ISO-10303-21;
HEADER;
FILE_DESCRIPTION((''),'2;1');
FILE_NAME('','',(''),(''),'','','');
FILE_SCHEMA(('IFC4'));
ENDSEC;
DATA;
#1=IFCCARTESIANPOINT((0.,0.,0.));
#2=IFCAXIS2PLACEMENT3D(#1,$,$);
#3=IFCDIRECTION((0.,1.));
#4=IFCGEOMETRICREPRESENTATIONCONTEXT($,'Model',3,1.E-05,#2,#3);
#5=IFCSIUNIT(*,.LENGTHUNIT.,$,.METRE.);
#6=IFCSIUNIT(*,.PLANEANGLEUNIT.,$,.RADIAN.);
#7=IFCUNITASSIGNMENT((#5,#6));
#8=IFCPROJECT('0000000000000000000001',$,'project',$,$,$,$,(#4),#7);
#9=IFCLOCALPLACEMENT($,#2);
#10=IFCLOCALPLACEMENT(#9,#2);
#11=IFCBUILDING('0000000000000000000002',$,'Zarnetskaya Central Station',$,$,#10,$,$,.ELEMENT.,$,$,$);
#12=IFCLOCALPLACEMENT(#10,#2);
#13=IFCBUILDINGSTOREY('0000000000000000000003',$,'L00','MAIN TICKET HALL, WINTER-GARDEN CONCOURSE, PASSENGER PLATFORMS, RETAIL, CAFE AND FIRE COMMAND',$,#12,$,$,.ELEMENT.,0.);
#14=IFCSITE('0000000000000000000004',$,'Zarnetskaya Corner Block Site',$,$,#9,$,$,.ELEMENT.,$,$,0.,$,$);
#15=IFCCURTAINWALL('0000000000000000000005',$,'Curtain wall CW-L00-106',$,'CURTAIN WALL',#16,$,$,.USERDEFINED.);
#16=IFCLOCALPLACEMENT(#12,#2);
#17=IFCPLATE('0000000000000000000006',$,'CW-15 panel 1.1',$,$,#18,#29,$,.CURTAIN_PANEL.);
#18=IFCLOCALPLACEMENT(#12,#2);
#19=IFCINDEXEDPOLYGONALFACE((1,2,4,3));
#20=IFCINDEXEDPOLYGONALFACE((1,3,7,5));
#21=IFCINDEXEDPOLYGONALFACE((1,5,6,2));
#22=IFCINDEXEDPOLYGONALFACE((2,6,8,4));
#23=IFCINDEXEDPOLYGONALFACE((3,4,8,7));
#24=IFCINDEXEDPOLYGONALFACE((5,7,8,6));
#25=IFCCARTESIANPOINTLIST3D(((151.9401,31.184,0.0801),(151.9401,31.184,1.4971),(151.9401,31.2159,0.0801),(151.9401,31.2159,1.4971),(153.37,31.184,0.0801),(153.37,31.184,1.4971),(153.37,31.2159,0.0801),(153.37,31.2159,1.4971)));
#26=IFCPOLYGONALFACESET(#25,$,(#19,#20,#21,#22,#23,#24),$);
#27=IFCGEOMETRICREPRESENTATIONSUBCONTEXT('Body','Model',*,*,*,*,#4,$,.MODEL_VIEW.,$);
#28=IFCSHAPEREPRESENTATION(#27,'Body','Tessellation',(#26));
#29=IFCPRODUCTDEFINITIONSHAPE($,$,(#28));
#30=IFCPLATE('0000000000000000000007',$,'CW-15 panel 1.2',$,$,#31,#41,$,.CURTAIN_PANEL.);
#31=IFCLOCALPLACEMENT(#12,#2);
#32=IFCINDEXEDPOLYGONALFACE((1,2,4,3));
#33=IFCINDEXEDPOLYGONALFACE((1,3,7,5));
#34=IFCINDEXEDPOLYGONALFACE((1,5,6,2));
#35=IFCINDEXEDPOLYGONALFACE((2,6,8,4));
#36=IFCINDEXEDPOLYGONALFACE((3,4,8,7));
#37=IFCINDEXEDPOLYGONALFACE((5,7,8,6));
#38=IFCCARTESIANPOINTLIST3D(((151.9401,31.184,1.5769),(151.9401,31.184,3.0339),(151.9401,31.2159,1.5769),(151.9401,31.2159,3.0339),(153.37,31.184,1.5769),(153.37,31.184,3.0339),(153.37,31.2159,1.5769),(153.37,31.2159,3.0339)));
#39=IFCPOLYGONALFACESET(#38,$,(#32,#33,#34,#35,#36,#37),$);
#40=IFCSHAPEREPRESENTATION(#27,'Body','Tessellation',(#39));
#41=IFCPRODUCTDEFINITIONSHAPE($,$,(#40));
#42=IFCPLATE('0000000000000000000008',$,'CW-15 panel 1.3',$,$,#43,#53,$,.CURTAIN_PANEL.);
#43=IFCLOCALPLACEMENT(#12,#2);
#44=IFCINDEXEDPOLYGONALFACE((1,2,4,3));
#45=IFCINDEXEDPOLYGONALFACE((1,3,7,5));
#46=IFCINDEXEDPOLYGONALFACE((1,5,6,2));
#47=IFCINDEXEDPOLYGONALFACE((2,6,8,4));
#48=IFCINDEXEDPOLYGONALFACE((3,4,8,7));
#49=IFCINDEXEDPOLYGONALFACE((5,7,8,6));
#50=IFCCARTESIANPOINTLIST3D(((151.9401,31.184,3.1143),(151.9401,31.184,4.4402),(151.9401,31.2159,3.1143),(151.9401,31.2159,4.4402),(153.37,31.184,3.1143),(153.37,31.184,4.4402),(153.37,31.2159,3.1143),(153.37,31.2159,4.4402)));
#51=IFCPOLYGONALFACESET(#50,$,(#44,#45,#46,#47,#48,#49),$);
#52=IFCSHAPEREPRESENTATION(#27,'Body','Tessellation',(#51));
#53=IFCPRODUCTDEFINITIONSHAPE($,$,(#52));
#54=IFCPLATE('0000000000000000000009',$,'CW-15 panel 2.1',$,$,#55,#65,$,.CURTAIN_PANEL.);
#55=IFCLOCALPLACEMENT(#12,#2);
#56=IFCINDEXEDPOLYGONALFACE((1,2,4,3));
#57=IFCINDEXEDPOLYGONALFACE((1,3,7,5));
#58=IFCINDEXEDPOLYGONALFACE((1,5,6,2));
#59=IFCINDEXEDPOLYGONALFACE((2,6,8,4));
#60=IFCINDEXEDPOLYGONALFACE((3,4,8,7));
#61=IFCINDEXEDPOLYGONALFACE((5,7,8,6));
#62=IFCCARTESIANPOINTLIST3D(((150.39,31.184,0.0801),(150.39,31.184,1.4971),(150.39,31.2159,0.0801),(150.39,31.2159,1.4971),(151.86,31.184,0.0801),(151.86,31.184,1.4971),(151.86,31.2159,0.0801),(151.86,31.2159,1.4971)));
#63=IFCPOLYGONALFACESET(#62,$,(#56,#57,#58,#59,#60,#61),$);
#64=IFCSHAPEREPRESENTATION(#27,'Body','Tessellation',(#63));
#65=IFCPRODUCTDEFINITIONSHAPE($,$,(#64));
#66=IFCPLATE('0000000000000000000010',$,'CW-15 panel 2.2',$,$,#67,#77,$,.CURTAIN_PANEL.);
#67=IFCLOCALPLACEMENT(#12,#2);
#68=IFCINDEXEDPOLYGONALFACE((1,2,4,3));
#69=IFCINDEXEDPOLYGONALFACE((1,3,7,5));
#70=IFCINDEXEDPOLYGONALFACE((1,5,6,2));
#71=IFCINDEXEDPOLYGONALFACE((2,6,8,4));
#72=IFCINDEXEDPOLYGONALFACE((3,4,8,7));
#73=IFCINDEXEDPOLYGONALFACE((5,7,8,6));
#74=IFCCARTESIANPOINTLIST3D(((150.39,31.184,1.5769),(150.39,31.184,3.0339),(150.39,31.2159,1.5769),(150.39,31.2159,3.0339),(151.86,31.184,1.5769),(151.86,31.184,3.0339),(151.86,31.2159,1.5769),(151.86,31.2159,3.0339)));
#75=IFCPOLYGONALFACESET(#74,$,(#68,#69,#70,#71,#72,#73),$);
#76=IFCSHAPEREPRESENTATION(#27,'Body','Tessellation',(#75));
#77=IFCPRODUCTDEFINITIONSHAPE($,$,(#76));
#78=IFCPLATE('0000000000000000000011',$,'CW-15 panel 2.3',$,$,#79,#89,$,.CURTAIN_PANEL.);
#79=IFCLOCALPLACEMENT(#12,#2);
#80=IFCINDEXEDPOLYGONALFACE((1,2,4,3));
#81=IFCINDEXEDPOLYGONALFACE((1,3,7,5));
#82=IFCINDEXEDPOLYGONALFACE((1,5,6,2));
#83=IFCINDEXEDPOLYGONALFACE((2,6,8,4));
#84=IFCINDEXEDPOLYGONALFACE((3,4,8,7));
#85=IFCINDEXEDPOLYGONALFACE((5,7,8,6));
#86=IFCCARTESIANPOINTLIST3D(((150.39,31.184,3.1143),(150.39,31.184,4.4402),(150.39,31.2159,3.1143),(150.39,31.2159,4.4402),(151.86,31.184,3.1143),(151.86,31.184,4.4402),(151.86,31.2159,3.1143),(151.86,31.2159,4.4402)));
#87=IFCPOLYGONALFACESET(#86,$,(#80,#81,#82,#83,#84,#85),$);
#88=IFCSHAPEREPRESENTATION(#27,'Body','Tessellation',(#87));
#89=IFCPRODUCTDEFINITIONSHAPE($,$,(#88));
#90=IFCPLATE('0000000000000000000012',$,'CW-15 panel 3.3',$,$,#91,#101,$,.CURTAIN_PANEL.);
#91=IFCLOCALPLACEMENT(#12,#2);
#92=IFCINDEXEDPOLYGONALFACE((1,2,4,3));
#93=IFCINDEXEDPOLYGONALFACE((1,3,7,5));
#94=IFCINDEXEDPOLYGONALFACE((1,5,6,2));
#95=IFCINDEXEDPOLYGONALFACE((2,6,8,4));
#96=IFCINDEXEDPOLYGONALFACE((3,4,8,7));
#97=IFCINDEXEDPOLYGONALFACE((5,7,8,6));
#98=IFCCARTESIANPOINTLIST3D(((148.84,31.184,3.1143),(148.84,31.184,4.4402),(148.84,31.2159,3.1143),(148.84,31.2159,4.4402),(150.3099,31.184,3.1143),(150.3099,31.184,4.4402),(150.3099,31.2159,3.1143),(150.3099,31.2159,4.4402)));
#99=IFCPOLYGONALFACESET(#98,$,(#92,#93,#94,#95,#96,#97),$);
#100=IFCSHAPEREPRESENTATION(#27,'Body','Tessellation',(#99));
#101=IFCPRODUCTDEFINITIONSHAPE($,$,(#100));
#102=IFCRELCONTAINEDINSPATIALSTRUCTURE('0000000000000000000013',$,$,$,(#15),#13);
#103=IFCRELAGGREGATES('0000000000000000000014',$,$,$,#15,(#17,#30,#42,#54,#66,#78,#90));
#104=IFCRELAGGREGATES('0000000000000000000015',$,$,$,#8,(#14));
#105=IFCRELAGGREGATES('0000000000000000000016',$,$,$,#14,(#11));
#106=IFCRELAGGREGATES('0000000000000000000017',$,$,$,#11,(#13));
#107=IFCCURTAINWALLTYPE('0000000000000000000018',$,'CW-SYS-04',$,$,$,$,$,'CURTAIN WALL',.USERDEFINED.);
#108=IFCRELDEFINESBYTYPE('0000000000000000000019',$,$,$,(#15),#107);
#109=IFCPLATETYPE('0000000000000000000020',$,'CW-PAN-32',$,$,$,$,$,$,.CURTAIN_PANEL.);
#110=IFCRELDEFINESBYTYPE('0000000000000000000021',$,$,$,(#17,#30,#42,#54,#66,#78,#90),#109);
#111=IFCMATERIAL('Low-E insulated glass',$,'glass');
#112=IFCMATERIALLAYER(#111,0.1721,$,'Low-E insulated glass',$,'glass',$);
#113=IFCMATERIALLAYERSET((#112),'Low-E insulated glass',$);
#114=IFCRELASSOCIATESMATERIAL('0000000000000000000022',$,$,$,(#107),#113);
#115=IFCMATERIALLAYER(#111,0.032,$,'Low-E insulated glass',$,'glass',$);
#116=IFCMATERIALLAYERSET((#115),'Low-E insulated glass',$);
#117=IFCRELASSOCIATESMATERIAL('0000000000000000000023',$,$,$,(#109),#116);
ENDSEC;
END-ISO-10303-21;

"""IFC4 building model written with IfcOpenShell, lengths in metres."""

from ifc_helpers import new_model, si_unit, direction, frame, origin, origin_2d, place, context, subcontext, project, spatial, rectangle, extrude, material, layer, layer_set, type_object, element, aggregate, save


model = new_model("IFC4")

# Units and contexts
model_context = context("Model", 3, precision=1e-05, world=origin(), true_north=direction((0.0, 1.0)))
body_context = subcontext(model_context, "Body", "Model", "MODEL_VIEW")
ifc_project = project(units=[si_unit("LENGTHUNIT", "METRE"), si_unit("PLANEANGLEUNIT", "RADIAN")], contexts=[model_context])

# Site, building, storey
site_placement = place(None, origin())
site = spatial("IfcSite", under=ifc_project, at=site_placement, Name="Zarnetskaya Corner Block Site", CompositionType="ELEMENT", RefElevation=0.0)
building_placement = place(site_placement, origin())
building = spatial("IfcBuilding", under=site, at=building_placement, Name="Zarnetskaya Central Station", CompositionType="ELEMENT")
storey_placement = place(building_placement, origin())
storey = spatial("IfcBuildingStorey", under=building, at=storey_placement, Name="L00", Description="MAIN TICKET HALL, WINTER-GARDEN CONCOURSE, PASSENGER PLATFORMS, RETAIL, CAFE AND FIRE COMMAND", CompositionType="ELEMENT", Elevation=0.0)

# Curtain wall, plates
ifc_material_1 = material(Name="Low-E insulated glass", Category="glass")
ifc_layer_1 = layer(ifc_material_1, 0.1721, Name="Low-E insulated glass", Category="glass")
ifc_layer_set_1 = layer_set([ifc_layer_1], Name="Low-E insulated glass")
curtain_wall_type = type_object("IfcCurtainWallType", Name="CW-SYS-04", ElementType="CURTAIN WALL", PredefinedType="USERDEFINED", material=ifc_layer_set_1)
curtain_wall_placement = place(storey_placement, origin())
curtain_wall = element("IfcCurtainWall", 1, at=curtain_wall_placement, inside=storey, type_object=curtain_wall_type, Name="Curtain wall CW-L00-106", ObjectType="CURTAIN WALL", PredefinedType="USERDEFINED")
ifc_layer_2 = layer(ifc_material_1, 0.032, Name="Low-E insulated glass", Category="glass")
ifc_layer_set_2 = layer_set([ifc_layer_2], Name="Low-E insulated glass")
plate_type = type_object("IfcPlateType", Name="CW-PAN-32", PredefinedType="CURTAIN_PANEL", material=ifc_layer_set_2)
plate_1_placement = place(storey_placement, frame((152.655, 31.2, 0.0801), z_axis=(0.0, 0.0, 1.0), x_axis=(-1.0, 0.0, 0.0)))
plate_1 = element("IfcPlate", 2, at=plate_1_placement, type_object=plate_type, Name="CW-15 panel 1.1", PredefinedType="CURTAIN_PANEL", context=body_context, shape_type="SweptSolid", body=[
    extrude(rectangle(XDim=1.4299, YDim=0.032, at=origin_2d()), origin(), (0.0, 0.0, 1.0), 1.417),
])
plate_2_placement = place(storey_placement, frame((152.655, 31.2, 1.5769), z_axis=(0.0, 0.0, 1.0), x_axis=(-1.0, 0.0, 0.0)))
plate_2 = element("IfcPlate", 3, at=plate_2_placement, type_object=plate_type, Name="CW-15 panel 1.2", PredefinedType="CURTAIN_PANEL", context=body_context, shape_type="SweptSolid", body=[
    extrude(rectangle(XDim=1.4299, YDim=0.032, at=origin_2d()), origin(), (0.0, 0.0, 1.0), 1.457),
])
plate_3_placement = place(storey_placement, frame((152.655, 31.2, 3.1143), z_axis=(0.0, 0.0, 1.0), x_axis=(-1.0, 0.0, 0.0)))
plate_3 = element("IfcPlate", 4, at=plate_3_placement, type_object=plate_type, Name="CW-15 panel 1.3", PredefinedType="CURTAIN_PANEL", context=body_context, shape_type="SweptSolid", body=[
    extrude(rectangle(XDim=1.4299, YDim=0.032, at=origin_2d()), origin(), (0.0, 0.0, 1.0), 1.3259),
])
plate_4_placement = place(storey_placement, frame((151.125, 31.2, 0.0801), z_axis=(0.0, 0.0, 1.0), x_axis=(-1.0, 0.0, 0.0)))
plate_4 = element("IfcPlate", 5, at=plate_4_placement, type_object=plate_type, Name="CW-15 panel 2.1", PredefinedType="CURTAIN_PANEL", context=body_context, shape_type="SweptSolid", body=[
    extrude(rectangle(XDim=1.47, YDim=0.032, at=origin_2d()), origin(), (0.0, 0.0, 1.0), 1.417),
])
plate_5_placement = place(storey_placement, frame((151.125, 31.2, 1.5769), z_axis=(0.0, 0.0, 1.0), x_axis=(-1.0, 0.0, 0.0)))
plate_5 = element("IfcPlate", 6, at=plate_5_placement, type_object=plate_type, Name="CW-15 panel 2.2", PredefinedType="CURTAIN_PANEL", context=body_context, shape_type="SweptSolid", body=[
    extrude(rectangle(XDim=1.47, YDim=0.032, at=origin_2d()), origin(), (0.0, 0.0, 1.0), 1.457),
])
plate_6_placement = place(storey_placement, frame((151.125, 31.2, 3.1143), z_axis=(0.0, 0.0, 1.0), x_axis=(-1.0, 0.0, 0.0)))
plate_6 = element("IfcPlate", 7, at=plate_6_placement, type_object=plate_type, Name="CW-15 panel 2.3", PredefinedType="CURTAIN_PANEL", context=body_context, shape_type="SweptSolid", body=[
    extrude(rectangle(XDim=1.47, YDim=0.032, at=origin_2d()), origin(), (0.0, 0.0, 1.0), 1.3259),
])
plate_7_placement = place(storey_placement, frame((149.575, 31.2, 3.1143), z_axis=(0.0, 0.0, 1.0), x_axis=(-1.0, 0.0, 0.0)))
plate_7 = element("IfcPlate", 8, at=plate_7_placement, type_object=plate_type, Name="CW-15 panel 3.3", PredefinedType="CURTAIN_PANEL", context=body_context, shape_type="SweptSolid", body=[
    extrude(rectangle(XDim=1.47, YDim=0.032, at=origin_2d()), origin(), (0.0, 0.0, 1.0), 1.3259),
])
aggregate(curtain_wall, [plate_1, plate_2, plate_3, plate_4, plate_5, plate_6, plate_7])

save(model, "model.ifc")
